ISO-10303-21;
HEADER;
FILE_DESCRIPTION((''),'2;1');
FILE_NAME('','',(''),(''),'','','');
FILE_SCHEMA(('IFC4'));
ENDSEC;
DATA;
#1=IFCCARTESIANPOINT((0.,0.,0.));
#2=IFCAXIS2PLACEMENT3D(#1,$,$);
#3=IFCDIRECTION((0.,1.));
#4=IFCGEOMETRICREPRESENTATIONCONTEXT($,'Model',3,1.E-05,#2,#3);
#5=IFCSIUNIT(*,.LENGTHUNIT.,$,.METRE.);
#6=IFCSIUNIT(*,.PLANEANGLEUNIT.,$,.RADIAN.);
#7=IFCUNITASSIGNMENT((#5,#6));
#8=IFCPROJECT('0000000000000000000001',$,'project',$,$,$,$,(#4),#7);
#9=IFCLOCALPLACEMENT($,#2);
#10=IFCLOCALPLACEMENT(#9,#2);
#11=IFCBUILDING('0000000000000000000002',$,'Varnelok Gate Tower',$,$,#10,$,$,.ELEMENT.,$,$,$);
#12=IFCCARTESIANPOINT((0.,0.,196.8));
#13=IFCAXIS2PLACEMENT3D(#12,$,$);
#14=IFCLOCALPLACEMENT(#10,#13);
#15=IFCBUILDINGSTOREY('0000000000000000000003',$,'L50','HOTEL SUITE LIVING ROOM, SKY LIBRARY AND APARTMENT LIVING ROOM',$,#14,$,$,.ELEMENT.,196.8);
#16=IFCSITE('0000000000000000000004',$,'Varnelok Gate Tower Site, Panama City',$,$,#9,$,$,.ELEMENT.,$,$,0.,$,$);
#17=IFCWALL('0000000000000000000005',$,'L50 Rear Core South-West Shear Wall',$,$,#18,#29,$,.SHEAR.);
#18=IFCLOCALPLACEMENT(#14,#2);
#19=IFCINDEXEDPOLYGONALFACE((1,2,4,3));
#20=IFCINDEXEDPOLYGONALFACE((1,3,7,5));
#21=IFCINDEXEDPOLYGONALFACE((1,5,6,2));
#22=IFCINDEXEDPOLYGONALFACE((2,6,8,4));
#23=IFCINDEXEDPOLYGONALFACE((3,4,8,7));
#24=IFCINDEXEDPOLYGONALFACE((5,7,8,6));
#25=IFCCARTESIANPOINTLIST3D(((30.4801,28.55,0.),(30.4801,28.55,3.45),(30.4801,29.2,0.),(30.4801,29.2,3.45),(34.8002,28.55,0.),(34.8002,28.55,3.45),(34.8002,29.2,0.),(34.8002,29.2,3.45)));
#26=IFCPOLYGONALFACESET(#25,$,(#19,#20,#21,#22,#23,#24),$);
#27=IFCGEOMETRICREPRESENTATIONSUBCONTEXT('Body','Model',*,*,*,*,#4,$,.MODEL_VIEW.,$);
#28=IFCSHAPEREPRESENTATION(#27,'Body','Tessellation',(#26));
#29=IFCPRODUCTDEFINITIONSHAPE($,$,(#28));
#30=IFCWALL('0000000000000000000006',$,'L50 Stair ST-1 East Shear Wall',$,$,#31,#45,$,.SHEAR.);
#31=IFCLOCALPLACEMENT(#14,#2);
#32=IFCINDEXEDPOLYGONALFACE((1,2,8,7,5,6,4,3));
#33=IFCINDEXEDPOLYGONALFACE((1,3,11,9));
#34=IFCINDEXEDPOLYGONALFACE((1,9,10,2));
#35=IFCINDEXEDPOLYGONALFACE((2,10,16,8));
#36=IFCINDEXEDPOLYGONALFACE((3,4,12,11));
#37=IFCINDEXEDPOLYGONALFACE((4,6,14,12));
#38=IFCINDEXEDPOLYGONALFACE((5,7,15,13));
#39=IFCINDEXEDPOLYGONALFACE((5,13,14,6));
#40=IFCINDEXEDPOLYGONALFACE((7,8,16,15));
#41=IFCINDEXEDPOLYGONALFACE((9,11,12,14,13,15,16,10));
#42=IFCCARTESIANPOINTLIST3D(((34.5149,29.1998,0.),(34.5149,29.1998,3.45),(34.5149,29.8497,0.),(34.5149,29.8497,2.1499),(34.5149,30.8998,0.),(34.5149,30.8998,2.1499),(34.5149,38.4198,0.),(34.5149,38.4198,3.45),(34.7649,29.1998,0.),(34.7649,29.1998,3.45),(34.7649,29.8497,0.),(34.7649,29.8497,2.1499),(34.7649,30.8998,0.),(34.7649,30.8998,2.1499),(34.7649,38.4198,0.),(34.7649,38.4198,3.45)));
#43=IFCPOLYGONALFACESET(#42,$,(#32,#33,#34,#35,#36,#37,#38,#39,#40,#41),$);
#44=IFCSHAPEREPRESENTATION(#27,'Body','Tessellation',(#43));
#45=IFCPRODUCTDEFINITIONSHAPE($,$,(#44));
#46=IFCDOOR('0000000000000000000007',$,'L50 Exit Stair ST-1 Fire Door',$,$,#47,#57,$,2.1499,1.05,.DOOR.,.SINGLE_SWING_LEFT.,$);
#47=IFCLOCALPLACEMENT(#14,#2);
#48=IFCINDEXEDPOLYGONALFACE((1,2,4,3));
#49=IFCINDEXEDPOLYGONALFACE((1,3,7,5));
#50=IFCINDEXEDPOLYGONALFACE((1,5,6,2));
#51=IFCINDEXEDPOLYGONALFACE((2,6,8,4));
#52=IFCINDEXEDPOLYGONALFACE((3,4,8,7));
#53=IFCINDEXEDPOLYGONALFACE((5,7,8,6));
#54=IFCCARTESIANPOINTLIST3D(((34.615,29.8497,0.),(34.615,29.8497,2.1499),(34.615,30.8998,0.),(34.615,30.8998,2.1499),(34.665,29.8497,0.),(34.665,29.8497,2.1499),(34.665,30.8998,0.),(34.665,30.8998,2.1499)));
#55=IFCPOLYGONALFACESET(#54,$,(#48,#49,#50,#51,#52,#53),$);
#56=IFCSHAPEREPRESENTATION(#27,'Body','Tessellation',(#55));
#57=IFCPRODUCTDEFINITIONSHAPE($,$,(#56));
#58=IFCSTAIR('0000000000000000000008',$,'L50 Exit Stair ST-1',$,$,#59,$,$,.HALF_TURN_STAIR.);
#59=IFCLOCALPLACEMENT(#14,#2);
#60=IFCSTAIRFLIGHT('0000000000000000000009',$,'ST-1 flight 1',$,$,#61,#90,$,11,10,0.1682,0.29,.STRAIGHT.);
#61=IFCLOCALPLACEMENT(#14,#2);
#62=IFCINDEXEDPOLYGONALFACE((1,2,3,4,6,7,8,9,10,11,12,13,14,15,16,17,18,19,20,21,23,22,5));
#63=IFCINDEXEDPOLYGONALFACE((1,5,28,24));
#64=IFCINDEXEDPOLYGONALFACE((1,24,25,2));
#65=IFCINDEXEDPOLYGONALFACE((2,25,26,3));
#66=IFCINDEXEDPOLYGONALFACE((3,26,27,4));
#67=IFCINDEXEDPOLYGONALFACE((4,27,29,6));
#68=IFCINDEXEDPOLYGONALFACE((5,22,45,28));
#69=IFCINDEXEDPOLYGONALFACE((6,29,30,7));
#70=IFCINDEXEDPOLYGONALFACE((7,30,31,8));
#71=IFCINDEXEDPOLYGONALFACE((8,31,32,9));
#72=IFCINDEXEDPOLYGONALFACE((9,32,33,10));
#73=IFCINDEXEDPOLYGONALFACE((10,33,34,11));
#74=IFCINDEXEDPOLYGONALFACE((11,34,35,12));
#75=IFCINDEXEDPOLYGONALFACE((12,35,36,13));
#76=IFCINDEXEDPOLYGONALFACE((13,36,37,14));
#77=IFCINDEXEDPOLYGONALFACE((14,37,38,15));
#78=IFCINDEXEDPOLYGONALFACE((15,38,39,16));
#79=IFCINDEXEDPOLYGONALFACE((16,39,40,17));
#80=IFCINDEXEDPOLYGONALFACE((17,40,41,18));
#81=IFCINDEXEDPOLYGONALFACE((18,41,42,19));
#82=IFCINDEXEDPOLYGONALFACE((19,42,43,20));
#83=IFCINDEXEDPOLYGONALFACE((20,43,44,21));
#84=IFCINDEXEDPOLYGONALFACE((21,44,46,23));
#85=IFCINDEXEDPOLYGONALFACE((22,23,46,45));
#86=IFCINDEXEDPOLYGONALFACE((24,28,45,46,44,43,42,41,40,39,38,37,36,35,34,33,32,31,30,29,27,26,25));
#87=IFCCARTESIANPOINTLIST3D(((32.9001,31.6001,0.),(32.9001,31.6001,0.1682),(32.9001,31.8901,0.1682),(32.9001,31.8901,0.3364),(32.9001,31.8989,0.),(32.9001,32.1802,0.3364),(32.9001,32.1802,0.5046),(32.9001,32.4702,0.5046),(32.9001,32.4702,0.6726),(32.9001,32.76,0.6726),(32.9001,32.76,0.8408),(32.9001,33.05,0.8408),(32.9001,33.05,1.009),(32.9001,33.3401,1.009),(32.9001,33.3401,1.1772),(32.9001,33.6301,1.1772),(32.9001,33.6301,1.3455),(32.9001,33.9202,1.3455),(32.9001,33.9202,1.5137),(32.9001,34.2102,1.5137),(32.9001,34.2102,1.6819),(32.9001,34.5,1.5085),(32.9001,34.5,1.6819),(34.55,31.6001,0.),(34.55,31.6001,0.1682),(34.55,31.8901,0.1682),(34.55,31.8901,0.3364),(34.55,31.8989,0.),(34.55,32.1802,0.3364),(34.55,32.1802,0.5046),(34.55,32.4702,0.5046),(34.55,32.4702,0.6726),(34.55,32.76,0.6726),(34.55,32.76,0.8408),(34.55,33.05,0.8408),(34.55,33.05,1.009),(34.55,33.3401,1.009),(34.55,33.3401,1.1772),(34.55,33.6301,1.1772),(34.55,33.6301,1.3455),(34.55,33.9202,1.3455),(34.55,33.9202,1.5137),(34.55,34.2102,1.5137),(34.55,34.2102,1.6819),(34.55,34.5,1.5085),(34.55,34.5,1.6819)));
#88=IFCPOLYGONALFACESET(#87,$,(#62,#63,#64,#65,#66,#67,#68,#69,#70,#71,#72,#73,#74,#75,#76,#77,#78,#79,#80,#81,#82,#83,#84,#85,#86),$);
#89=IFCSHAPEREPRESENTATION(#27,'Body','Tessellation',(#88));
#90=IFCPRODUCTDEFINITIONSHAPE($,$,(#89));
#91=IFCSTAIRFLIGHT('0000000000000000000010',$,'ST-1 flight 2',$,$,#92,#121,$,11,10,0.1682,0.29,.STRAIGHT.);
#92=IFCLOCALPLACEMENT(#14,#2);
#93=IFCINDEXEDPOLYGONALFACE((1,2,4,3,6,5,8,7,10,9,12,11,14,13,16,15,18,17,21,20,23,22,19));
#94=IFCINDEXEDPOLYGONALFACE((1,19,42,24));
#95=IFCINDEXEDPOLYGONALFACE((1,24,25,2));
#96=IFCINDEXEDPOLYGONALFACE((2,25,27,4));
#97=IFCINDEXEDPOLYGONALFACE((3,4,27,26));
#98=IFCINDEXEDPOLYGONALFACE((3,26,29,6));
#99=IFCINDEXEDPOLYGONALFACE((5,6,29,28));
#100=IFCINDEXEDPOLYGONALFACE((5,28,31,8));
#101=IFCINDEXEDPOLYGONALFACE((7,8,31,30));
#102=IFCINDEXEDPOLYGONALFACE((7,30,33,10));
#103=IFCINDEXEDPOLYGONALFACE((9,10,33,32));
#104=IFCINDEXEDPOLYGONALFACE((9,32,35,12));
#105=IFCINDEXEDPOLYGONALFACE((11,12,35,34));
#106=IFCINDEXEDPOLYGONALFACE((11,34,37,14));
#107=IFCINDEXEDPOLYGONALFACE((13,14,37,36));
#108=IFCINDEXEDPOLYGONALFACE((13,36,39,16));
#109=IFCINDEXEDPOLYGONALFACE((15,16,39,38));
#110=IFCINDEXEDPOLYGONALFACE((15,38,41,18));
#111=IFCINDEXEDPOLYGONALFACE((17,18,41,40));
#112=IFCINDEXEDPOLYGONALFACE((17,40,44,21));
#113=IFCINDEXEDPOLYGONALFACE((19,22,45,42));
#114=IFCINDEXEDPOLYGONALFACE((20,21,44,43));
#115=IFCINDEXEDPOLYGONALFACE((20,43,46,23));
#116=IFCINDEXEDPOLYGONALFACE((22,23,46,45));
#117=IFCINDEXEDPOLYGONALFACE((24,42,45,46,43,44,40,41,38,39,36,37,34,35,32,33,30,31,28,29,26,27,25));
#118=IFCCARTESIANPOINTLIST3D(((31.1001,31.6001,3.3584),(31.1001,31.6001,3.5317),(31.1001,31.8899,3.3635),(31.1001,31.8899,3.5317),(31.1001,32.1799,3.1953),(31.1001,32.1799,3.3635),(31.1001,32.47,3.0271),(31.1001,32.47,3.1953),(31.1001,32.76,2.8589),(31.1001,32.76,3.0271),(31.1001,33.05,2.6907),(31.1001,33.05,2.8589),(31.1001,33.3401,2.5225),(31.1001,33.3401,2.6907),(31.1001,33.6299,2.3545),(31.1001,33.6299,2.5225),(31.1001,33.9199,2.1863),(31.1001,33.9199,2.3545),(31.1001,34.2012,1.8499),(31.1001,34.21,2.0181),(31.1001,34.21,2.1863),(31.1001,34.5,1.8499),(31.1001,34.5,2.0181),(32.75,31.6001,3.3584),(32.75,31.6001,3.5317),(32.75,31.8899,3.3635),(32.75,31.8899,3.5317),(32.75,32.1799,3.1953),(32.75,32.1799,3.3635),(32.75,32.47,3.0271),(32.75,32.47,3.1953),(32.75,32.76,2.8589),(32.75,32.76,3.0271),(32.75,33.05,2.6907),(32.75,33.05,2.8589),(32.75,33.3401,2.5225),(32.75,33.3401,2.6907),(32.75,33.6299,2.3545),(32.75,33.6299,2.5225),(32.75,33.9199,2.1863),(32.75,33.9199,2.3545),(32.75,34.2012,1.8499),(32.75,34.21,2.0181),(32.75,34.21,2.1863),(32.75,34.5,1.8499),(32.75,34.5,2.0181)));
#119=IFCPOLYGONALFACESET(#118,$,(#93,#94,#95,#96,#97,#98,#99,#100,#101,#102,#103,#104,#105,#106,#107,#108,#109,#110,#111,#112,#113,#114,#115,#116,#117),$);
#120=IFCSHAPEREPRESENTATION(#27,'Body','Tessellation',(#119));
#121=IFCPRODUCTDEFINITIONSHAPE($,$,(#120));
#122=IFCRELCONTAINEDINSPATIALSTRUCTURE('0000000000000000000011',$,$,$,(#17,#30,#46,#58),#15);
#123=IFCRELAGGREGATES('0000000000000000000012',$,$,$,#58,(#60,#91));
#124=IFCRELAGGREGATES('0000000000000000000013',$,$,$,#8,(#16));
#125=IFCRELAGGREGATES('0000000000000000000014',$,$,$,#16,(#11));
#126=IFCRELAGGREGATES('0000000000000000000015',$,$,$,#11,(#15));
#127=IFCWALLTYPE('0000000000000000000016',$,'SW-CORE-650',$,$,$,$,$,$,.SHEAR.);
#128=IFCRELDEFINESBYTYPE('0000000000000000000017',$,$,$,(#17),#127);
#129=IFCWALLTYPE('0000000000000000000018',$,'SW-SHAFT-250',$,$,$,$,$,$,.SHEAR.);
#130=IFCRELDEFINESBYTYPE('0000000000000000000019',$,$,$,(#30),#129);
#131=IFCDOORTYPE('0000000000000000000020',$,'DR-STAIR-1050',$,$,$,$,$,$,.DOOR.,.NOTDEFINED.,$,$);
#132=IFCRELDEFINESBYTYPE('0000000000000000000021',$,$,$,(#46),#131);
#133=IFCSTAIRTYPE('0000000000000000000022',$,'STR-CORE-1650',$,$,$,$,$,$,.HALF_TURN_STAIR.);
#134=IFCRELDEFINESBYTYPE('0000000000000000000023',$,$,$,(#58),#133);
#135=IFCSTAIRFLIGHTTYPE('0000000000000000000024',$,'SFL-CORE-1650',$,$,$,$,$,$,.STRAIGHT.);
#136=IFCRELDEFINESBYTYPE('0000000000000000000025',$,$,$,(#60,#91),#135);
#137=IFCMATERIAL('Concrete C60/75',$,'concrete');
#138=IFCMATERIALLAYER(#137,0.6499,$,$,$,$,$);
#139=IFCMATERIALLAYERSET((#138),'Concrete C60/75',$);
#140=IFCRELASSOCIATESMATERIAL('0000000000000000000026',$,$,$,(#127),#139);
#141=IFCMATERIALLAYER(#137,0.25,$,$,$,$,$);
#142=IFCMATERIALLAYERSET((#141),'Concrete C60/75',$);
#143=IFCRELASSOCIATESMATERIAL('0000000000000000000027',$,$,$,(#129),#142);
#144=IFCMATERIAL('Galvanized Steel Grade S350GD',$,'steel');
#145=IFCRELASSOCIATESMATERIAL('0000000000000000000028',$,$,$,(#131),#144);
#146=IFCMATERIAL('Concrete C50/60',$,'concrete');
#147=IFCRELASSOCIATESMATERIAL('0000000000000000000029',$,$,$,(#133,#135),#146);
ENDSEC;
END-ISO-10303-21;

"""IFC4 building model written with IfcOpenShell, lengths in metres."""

from ifc_helpers import new_model, si_unit, direction, frame, frame_2d, origin, place, context, subcontext, project, spatial, polyline, rectangle, outline, extrude, material, layer, layer_set, type_object, element, fill, aggregate, save


model = new_model("IFC4")

# Units and contexts
model_context = context("Model", 3, precision=1e-05, world=origin(), true_north=direction((0.0, 1.0)))
body_context = subcontext(model_context, "Body", "Model", "MODEL_VIEW")
ifc_project = project(units=[si_unit("LENGTHUNIT", "METRE"), si_unit("PLANEANGLEUNIT", "RADIAN")], contexts=[model_context])

# Site, building, storey
site_placement = place(None, origin())
site = spatial("IfcSite", under=ifc_project, at=site_placement, Name="Varnelok Gate Tower Site, Panama City", CompositionType="ELEMENT", RefElevation=0.0)
building_placement = place(site_placement, origin())
building = spatial("IfcBuilding", under=site, at=building_placement, Name="Varnelok Gate Tower", CompositionType="ELEMENT")
storey_placement = place(building_placement, frame((0.0, 0.0, 196.8)))
storey = spatial("IfcBuildingStorey", under=building, at=storey_placement, Name="L50", Description="HOTEL SUITE LIVING ROOM, SKY LIBRARY AND APARTMENT LIVING ROOM", CompositionType="ELEMENT", Elevation=196.8)

# Shared definitions
ifc_material_1 = material(Name="Concrete C60/75", Category="concrete")

# Shared definitions
ifc_material_2 = material(Name="Galvanized Steel Grade S350GD", Category="steel")

# Wall
ifc_layer_1 = layer(ifc_material_1, 0.6499)
ifc_layer_set_1 = layer_set([ifc_layer_1], Name="Concrete C60/75")
wall_type_1 = type_object("IfcWallType", Name="SW-CORE-650", PredefinedType="SHEAR", material=ifc_layer_set_1)
wall_1_placement = place(storey_placement, frame((30.48, 28.875, 0.0), z_axis=(0.0, 0.0, 1.0), x_axis=(1.0, 0.0, 0.0)))
element("IfcWall", 1, at=wall_1_placement, inside=storey, type_object=wall_type_1, Name="L50 Rear Core South-West Shear Wall", PredefinedType="SHEAR", context=body_context, shape_type="SweptSolid", body=[
    extrude(rectangle(XDim=4.3201, YDim=0.6499, at=frame_2d((2.1602, 0.0))), origin(), (0.0, 0.0, 1.0), 3.45),
])

# Wall, opening, door
ifc_layer_2 = layer(ifc_material_1, 0.25)
ifc_layer_set_2 = layer_set([ifc_layer_2], Name="Concrete C60/75")
wall_type_2 = type_object("IfcWallType", Name="SW-SHAFT-250", PredefinedType="SHEAR", material=ifc_layer_set_2)
wall_2_placement = place(storey_placement, frame((34.6399, 29.2, 0.0), z_axis=(0.0, 0.0, 1.0), x_axis=(0.0, 1.0, 0.0)))
wall_2 = element("IfcWall", 2, at=wall_2_placement, inside=storey, type_object=wall_type_2, Name="L50 Stair ST-1 East Shear Wall", PredefinedType="SHEAR", context=body_context, shape_type="SweptSolid", body=[
    extrude(rectangle(XDim=9.22, YDim=0.25, at=frame_2d((4.6099, 0.0))), origin(), (0.0, 0.0, 1.0), 3.45),
])
opening_1_placement = place(wall_2_placement, frame((0.6499, 0.0, 0.0)))
opening_1 = element("IfcOpeningElement", 3, at=opening_1_placement, cuts=wall_2, PredefinedType="OPENING", context=body_context, shape_type="SweptSolid", body=[
    extrude(rectangle(XDim=1.05, YDim=2.1499, at=frame_2d((0.5249, 1.075))), frame((0.0, 0.135, 0.0), z_axis=(0.0, -1.0, 0.0), x_axis=(1.0, 0.0, 0.0)), (0.0, 0.0, 1.0), 0.27),
])
door_type_1 = type_object("IfcDoorType", Name="DR-STAIR-1050", OperationType="NOTDEFINED", PredefinedType="DOOR", material=ifc_material_2)
door_1_placement = place(opening_1_placement, origin())
door_1 = element("IfcDoor", 4, at=door_1_placement, inside=storey, type_object=door_type_1, Name="L50 Exit Stair ST-1 Fire Door", OperationType="SINGLE_SWING_LEFT", OverallHeight=2.1499, OverallWidth=1.05, PredefinedType="DOOR", context=body_context, shape_type="SweptSolid", body=[
    extrude(rectangle(XDim=1.05, YDim=2.1499, at=frame_2d((0.5249, 1.075))), frame((0.0, 0.0249, 0.0), z_axis=(0.0, -1.0, 0.0), x_axis=(1.0, 0.0, 0.0)), (0.0, 0.0, 1.0), 0.05),
])
fill(opening_1, door_1)

# Stair, stair flights
ifc_material_3 = material(Name="Concrete C50/60", Category="concrete")
stair_type = type_object("IfcStairType", Name="STR-CORE-1650", PredefinedType="HALF_TURN_STAIR", material=ifc_material_3)
stair_placement = place(storey_placement, origin())
stair = element("IfcStair", 5, at=stair_placement, inside=storey, type_object=stair_type, Name="L50 Exit Stair ST-1", PredefinedType="HALF_TURN_STAIR")
stair_flight_type = type_object("IfcStairFlightType", Name="SFL-CORE-1650", PredefinedType="STRAIGHT", material=ifc_material_3)
stair_flight_1_placement = place(storey_placement, frame((33.7251, 31.6001, 0.0), z_axis=(0.0, 0.0, 1.0), x_axis=(0.0, 1.0, 0.0)))
stair_flight_1 = element("IfcStairFlight", 6, at=stair_flight_1_placement, type_object=stair_flight_type, Name="ST-1 flight 1", NumberOfRisers=11, NumberOfTreads=10, PredefinedType="STRAIGHT", RiserHeight=0.1682, TreadLength=0.29, context=body_context, shape_type="SweptSolid", body=[
    extrude(outline(polyline([(0.0, 0.0), (0.0, 0.1682), (0.29, 0.1682), (0.29, 0.3364), (0.5801, 0.3364), (0.5801, 0.5046), (0.8701, 0.5046), (0.8701, 0.6726), (1.1599, 0.6726), (1.1599, 0.8408), (1.45, 0.8408), (1.45, 1.009), (1.74, 1.009), (1.74, 1.1772), (2.03, 1.1772), (2.03, 1.3455), (2.3201, 1.3455), (2.3201, 1.5137), (2.6101, 1.5137), (2.6101, 1.6819), (2.8999, 1.6819), (2.8999, 1.8501), (2.8999, 1.5085), (0.2988, 0.0), (0.0, 0.0)])), frame((0.0, 0.825, 0.0), z_axis=(0.0, -1.0, 0.0), x_axis=(1.0, 0.0, 0.0)), (0.0, 0.0, 1.0), 1.6499),
])
stair_flight_2_placement = place(storey_placement, frame((31.925, 34.5, 1.8499), z_axis=(0.0, 0.0, 1.0), x_axis=(0.0, -1.0, 0.0)))
stair_flight_2 = element("IfcStairFlight", 7, at=stair_flight_2_placement, type_object=stair_flight_type, Name="ST-1 flight 2", NumberOfRisers=11, NumberOfTreads=10, PredefinedType="STRAIGHT", RiserHeight=0.1682, TreadLength=0.29, context=body_context, shape_type="SweptSolid", body=[
    extrude(outline(polyline([(0.0, 0.0), (0.0, 0.1682), (0.29, 0.1682), (0.29, 0.3364), (0.5801, 0.3364), (0.5801, 0.5046), (0.8701, 0.5046), (0.8701, 0.6726), (1.1599, 0.6726), (1.1599, 0.8408), (1.45, 0.8408), (1.45, 1.009), (1.74, 1.009), (1.74, 1.1772), (2.03, 1.1772), (2.03, 1.3455), (2.3201, 1.3455), (2.3201, 1.5137), (2.6101, 1.5137), (2.6101, 1.6819), (2.8999, 1.6819), (2.8999, 1.8501), (2.8999, 1.5085), (0.2988, 0.0), (0.0, 0.0)])), frame((0.0, 0.825, 0.0), z_axis=(0.0, -1.0, 0.0), x_axis=(1.0, 0.0, 0.0)), (0.0, 0.0, 1.0), 1.6499),
])
aggregate(stair, [stair_flight_1, stair_flight_2])

save(model, "model.ifc")
